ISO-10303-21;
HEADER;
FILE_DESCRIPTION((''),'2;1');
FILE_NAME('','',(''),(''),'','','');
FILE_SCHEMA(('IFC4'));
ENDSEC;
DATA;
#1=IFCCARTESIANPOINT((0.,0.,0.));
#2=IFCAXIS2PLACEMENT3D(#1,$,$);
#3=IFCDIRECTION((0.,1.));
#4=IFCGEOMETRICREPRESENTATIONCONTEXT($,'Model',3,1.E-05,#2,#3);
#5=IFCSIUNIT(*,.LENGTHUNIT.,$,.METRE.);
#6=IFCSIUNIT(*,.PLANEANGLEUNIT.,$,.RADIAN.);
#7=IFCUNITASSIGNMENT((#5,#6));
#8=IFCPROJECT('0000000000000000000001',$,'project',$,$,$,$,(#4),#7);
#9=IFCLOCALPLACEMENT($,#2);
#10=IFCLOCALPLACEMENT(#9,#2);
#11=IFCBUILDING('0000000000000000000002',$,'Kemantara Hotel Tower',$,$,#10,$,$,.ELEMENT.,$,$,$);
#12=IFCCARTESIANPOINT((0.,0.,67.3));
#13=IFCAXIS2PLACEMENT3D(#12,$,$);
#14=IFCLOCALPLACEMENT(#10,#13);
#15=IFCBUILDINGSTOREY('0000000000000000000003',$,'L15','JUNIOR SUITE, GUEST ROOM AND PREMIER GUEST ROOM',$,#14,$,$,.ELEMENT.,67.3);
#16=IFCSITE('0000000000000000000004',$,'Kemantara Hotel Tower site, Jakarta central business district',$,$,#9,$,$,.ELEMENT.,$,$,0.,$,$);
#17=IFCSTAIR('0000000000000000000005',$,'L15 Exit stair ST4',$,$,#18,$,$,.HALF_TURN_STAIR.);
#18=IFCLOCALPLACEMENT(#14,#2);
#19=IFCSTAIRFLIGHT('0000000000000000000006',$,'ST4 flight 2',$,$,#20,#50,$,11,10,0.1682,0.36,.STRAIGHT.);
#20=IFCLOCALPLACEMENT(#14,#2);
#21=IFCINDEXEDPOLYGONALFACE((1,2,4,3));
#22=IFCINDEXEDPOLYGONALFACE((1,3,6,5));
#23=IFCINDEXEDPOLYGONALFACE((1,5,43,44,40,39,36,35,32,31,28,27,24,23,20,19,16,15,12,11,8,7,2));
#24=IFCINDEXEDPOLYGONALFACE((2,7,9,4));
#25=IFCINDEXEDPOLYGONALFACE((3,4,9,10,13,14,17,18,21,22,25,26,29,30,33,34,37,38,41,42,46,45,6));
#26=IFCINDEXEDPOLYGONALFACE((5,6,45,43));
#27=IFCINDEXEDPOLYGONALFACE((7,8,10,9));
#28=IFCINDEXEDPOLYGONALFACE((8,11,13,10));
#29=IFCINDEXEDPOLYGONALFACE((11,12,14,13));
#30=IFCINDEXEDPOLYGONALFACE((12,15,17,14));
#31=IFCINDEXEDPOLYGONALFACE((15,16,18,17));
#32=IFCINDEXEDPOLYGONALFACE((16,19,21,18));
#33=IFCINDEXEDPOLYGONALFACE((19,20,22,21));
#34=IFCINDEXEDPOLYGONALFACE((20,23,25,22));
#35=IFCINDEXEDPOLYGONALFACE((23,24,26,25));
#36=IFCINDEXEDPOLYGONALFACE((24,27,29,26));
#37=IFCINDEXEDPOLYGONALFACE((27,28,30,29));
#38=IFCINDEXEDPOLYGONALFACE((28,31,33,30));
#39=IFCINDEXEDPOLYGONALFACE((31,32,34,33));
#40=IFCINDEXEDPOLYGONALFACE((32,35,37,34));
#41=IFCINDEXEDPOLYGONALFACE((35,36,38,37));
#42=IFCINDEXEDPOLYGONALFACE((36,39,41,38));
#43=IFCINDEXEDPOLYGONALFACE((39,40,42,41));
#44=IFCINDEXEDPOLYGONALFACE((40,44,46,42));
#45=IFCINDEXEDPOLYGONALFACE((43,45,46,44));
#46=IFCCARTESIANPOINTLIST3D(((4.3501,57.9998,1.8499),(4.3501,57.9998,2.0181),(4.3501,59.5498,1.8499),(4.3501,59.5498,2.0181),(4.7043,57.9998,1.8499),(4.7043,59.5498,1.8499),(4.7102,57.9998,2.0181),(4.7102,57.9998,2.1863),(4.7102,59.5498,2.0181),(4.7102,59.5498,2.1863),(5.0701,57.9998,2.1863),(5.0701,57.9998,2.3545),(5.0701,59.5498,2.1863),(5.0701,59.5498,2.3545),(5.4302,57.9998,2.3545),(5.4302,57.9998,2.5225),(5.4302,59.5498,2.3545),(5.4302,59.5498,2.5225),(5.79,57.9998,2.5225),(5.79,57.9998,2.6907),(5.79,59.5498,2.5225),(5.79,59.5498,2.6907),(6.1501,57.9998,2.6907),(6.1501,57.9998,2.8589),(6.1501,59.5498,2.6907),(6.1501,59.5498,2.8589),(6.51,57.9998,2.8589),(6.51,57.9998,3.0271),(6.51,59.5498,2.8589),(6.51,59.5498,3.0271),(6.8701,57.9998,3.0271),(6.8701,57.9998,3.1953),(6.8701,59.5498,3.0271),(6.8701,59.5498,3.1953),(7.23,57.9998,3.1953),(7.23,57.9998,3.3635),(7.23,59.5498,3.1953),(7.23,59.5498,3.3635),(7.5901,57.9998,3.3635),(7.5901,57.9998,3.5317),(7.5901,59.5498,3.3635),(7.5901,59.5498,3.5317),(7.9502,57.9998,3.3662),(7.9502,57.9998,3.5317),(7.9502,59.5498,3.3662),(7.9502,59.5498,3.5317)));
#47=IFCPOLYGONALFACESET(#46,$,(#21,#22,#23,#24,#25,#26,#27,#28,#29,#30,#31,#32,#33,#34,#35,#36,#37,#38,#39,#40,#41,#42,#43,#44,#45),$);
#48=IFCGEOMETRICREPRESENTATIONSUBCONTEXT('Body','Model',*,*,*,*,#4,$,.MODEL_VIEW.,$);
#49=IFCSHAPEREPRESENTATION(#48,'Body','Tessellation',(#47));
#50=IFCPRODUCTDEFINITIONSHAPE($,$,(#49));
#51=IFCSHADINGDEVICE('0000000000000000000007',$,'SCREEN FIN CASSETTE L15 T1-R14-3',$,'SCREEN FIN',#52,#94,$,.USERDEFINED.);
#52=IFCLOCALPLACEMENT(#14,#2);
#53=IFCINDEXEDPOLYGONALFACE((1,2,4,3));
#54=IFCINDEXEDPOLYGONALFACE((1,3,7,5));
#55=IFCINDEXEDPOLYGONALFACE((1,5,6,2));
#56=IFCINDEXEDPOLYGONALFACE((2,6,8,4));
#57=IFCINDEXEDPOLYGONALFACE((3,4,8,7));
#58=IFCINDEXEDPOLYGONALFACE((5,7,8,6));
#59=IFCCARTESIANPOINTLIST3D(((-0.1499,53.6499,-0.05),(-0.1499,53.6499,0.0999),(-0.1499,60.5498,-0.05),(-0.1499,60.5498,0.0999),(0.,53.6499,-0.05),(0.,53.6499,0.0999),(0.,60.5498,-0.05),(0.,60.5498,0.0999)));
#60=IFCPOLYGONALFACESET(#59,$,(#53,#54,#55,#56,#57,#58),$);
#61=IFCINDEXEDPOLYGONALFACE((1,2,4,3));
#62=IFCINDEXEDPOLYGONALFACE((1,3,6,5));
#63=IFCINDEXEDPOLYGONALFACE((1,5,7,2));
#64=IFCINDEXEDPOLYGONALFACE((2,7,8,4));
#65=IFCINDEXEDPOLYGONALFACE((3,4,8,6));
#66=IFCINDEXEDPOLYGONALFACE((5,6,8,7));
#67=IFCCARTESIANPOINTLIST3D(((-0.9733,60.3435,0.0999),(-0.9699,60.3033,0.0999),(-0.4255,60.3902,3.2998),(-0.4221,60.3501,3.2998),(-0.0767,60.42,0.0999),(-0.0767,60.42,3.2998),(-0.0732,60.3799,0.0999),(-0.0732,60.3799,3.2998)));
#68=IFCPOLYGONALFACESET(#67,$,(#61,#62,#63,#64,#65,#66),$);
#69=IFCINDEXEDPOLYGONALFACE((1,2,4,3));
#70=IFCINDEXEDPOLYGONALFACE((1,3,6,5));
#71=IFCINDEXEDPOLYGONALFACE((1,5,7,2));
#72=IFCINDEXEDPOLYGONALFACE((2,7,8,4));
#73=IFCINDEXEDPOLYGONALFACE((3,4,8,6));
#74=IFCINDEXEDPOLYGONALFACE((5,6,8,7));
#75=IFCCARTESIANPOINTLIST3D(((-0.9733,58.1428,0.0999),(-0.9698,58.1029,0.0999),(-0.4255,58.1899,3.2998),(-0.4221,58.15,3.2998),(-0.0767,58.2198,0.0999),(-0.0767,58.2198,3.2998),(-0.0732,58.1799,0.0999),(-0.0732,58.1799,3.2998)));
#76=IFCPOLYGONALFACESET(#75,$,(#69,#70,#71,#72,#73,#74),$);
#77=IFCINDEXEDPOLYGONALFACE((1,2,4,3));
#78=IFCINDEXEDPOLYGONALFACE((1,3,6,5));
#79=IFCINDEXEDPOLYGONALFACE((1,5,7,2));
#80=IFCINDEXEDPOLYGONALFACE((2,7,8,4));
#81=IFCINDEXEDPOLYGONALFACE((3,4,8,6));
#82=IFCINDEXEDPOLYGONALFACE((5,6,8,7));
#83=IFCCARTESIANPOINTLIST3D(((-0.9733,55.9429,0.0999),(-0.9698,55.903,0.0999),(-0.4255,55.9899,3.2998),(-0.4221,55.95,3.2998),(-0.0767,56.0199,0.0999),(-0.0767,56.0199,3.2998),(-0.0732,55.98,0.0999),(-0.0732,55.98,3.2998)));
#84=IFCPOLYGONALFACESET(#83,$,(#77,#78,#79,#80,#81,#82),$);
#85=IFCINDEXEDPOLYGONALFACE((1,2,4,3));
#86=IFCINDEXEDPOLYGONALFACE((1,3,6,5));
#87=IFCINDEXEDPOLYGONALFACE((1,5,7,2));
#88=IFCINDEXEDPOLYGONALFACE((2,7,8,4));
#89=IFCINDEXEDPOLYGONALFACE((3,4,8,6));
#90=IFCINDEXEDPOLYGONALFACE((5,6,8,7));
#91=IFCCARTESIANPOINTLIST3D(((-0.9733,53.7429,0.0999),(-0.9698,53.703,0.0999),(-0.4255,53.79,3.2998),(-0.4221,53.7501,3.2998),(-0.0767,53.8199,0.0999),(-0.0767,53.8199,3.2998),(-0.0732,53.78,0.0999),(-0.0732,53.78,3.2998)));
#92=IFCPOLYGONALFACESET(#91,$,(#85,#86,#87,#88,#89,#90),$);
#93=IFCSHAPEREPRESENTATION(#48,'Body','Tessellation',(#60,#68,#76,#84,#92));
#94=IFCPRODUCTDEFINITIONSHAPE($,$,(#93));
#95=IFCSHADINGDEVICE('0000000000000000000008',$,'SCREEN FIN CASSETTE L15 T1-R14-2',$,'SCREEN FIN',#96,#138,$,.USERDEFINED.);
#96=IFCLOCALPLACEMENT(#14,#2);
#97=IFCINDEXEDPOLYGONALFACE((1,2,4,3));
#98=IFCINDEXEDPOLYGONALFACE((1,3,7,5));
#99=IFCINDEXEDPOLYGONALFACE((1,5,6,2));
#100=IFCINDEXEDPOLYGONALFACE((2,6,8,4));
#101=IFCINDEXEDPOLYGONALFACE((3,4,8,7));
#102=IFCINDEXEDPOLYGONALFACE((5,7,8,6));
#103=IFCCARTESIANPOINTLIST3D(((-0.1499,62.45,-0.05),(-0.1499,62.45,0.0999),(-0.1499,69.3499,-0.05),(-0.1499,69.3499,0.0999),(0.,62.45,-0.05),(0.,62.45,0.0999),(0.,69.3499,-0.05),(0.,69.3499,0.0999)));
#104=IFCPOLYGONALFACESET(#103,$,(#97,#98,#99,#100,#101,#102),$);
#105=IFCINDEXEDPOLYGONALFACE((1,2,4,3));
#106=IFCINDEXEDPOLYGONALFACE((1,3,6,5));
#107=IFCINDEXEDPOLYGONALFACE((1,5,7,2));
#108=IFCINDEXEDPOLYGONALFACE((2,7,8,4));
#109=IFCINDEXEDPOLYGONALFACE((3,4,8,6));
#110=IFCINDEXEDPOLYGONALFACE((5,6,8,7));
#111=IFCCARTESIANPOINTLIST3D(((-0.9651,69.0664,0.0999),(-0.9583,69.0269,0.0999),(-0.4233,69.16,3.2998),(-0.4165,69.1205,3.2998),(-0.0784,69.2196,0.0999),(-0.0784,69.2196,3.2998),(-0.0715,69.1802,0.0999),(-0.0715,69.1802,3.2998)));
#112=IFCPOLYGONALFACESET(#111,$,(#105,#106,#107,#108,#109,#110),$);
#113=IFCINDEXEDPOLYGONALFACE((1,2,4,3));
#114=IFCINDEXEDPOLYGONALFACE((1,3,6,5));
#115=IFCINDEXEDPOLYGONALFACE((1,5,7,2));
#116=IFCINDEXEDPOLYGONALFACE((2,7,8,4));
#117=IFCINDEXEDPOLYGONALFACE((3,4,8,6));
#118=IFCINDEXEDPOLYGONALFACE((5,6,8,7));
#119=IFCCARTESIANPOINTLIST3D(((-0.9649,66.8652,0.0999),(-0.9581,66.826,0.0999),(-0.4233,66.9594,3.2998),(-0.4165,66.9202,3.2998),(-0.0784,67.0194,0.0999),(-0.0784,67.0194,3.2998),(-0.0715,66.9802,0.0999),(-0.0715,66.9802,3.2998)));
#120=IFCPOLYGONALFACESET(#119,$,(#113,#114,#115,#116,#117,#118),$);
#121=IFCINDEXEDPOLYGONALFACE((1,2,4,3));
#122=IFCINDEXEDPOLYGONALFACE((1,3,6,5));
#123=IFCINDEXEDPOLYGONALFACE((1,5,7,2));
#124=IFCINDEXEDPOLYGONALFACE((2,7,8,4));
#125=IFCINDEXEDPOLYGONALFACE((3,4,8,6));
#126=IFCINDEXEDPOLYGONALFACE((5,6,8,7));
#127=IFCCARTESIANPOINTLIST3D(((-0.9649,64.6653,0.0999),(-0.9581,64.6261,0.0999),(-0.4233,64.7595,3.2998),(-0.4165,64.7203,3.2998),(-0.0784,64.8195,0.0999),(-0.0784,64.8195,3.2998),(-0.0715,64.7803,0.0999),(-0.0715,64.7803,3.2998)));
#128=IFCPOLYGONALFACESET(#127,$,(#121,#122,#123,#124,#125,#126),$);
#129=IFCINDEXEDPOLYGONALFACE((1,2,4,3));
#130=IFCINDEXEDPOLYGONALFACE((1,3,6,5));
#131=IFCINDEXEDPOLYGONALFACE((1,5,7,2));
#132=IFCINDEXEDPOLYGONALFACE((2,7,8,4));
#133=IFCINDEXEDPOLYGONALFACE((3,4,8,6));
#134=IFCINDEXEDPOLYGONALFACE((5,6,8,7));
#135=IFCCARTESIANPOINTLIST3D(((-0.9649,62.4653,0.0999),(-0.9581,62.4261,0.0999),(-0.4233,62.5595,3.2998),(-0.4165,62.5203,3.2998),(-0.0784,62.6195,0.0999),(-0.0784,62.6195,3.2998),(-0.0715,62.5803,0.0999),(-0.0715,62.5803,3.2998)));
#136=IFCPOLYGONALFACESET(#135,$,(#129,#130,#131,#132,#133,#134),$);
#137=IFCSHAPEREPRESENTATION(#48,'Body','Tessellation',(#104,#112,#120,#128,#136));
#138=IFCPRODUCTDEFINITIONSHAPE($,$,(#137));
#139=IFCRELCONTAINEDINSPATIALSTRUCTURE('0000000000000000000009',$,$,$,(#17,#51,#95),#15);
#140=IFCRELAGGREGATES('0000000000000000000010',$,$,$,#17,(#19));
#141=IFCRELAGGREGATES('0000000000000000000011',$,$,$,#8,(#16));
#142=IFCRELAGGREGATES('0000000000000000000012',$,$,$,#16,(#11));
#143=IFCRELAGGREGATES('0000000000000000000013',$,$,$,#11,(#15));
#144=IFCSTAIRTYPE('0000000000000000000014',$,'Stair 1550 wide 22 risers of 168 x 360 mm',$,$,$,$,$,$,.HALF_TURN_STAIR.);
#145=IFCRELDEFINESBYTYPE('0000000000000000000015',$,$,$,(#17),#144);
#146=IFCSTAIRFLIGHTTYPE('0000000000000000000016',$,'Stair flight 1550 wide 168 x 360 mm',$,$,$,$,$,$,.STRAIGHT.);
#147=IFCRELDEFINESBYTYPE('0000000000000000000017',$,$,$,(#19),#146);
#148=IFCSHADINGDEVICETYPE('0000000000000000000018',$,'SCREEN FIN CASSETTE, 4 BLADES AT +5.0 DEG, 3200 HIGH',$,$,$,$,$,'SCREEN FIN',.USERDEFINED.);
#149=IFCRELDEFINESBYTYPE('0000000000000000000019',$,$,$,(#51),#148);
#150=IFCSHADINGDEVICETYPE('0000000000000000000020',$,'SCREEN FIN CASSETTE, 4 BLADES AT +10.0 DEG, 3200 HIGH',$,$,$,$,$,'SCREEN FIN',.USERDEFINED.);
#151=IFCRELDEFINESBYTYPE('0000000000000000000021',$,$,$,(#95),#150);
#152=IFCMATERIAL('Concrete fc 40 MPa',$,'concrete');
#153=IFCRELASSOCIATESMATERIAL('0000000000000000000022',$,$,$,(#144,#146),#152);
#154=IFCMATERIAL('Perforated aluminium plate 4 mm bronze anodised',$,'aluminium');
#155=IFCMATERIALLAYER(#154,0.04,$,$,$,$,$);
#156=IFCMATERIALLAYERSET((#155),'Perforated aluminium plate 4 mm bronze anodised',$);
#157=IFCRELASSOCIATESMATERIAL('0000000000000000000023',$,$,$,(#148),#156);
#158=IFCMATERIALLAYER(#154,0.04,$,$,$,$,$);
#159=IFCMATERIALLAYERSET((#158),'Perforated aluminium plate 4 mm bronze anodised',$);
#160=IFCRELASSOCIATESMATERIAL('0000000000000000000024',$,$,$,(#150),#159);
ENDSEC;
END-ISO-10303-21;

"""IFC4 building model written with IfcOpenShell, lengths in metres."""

from ifc_helpers import new_model, si_unit, direction, frame, origin, origin_2d, place, context, subcontext, project, spatial, polyline, rectangle, outline, extrude, source, transform, mapped, material, layer, layer_set, type_object, element, aggregate, save


model = new_model("IFC4")

# Units and contexts
model_context = context("Model", 3, precision=1e-05, world=origin(), true_north=direction((0.0, 1.0)))
body_context = subcontext(model_context, "Body", "Model", "MODEL_VIEW")
ifc_project = project(units=[si_unit("LENGTHUNIT", "METRE"), si_unit("PLANEANGLEUNIT", "RADIAN")], contexts=[model_context])

# Site, building, storey
site_placement = place(None, origin())
site = spatial("IfcSite", under=ifc_project, at=site_placement, Name="Kemantara Hotel Tower site, Jakarta central business district", CompositionType="ELEMENT", RefElevation=0.0)
building_placement = place(site_placement, origin())
building = spatial("IfcBuilding", under=site, at=building_placement, Name="Kemantara Hotel Tower", CompositionType="ELEMENT")
storey_placement = place(building_placement, frame((0.0, 0.0, 67.3)))
storey = spatial("IfcBuildingStorey", under=building, at=storey_placement, Name="L15", Description="JUNIOR SUITE, GUEST ROOM AND PREMIER GUEST ROOM", CompositionType="ELEMENT", Elevation=67.3)

# Shared definitions
ifc_material_1 = material(Name="Concrete fc 40 MPa", Category="concrete")

# Stair, stair flight
stair_type = type_object("IfcStairType", Name="Stair 1550 wide 22 risers of 168 x 360 mm", PredefinedType="HALF_TURN_STAIR", material=ifc_material_1)
stair_placement = place(storey_placement, origin())
stair = element("IfcStair", 1, at=stair_placement, inside=storey, type_object=stair_type, Name="L15 Exit stair ST4", PredefinedType="HALF_TURN_STAIR")
stair_flight_type = type_object("IfcStairFlightType", Name="Stair flight 1550 wide 168 x 360 mm", PredefinedType="STRAIGHT", material=ifc_material_1)
stair_flight_1_placement = place(storey_placement, frame((4.3501, 58.7749, 1.8499), z_axis=(0.0, 0.0, 1.0), x_axis=(1.0, 0.0, 0.0)))
stair_flight_1 = element("IfcStairFlight", 2, at=stair_flight_1_placement, type_object=stair_flight_type, Name="ST4 flight 2", NumberOfRisers=11, NumberOfTreads=10, PredefinedType="STRAIGHT", RiserHeight=0.1682, TreadLength=0.36, context=body_context, shape_type="SweptSolid", body=[
    extrude(outline(polyline([(0.0, 0.0), (0.0, 0.1682), (0.3601, 0.1682), (0.3601, 0.3364), (0.72, 0.3364), (0.72, 0.5046), (1.0801, 0.5046), (1.0801, 0.6726), (1.4399, 0.6726), (1.4399, 0.8408), (1.8, 0.8408), (1.8, 1.009), (2.1599, 1.009), (2.1599, 1.1772), (2.52, 1.1772), (2.52, 1.3455), (2.8799, 1.3455), (2.8799, 1.5137), (3.24, 1.5137), (3.24, 1.6819), (3.6001, 1.6819), (3.6001, 1.8501), (3.6001, 1.5164), (0.3542, 0.0), (0.0, 0.0)])), frame((0.0, 0.7749, 0.0), z_axis=(0.0, -1.0, 0.0), x_axis=(1.0, 0.0, 0.0)), (0.0, 0.0, 1.0), 1.55),
])
aggregate(stair, [stair_flight_1])

# Shading devices
ifc_material_2 = material(Name="Perforated aluminium plate 4 mm bronze anodised", Category="aluminium")
ifc_layer_1 = layer(ifc_material_2, 0.04)
ifc_layer_set_1 = layer_set([ifc_layer_1], Name="Perforated aluminium plate 4 mm bronze anodised")
shading_device_type_1 = type_object("IfcShadingDeviceType", Name="SCREEN FIN CASSETTE, 4 BLADES AT +5.0 DEG, 3200 HIGH", ElementType="SCREEN FIN", PredefinedType="USERDEFINED", material=ifc_layer_set_1)
shared_shape_1 = source(origin(), body_context, "Body", "SweptSolid", [
    extrude(rectangle(XDim=6.8999, YDim=0.1499, at=origin_2d()), frame((3.3, -0.075, -0.1499), z_axis=(0.0, 0.0, 1.0), x_axis=(1.0, 0.0, 0.0)), (0.0, 0.0, 1.0), 0.1499),
    extrude(outline(polyline([(0.0, 0.0), (0.8999, 0.0), (0.3501, 3.2), (0.0, 3.2), (0.0, 0.0)])), frame((0.02, -0.0732, 0.0), z_axis=(-0.996376, -0.085056, 0.0), x_axis=(0.085056, -0.996376, 0.0)), (0.0, 0.0, 1.0), 0.0403),
    extrude(outline(polyline([(0.0, 0.0), (0.8999, 0.0), (0.3501, 3.2), (0.0, 3.2), (0.0, 0.0)])), frame((2.22, -0.0732, 0.0), z_axis=(-0.996332, -0.085575, 0.0), x_axis=(0.085575, -0.996332, 0.0)), (0.0, 0.0, 1.0), 0.04),
    extrude(outline(polyline([(0.0, 0.0), (0.8999, 0.0), (0.3501, 3.2), (0.0, 3.2), (0.0, 0.0)])), frame((4.4199, -0.0732, 0.0), z_axis=(-0.996332, -0.085575, 0.0), x_axis=(0.085575, -0.996332, 0.0)), (0.0, 0.0, 1.0), 0.04),
    extrude(outline(polyline([(0.0, 0.0), (0.8999, 0.0), (0.3501, 3.2), (0.0, 3.2), (0.0, 0.0)])), frame((6.6199, -0.0732, 0.0), z_axis=(-0.996332, -0.085575, 0.0), x_axis=(0.085575, -0.996332, 0.0)), (0.0, 0.0, 1.0), 0.04),
])
shading_device_1_placement = place(storey_placement, frame((0.0, 60.3999, 0.0999), z_axis=(0.0, 0.0, 1.0), x_axis=(0.0, -1.0, 0.0)))
element("IfcShadingDevice", 3, at=shading_device_1_placement, inside=storey, type_object=shading_device_type_1, Name="SCREEN FIN CASSETTE L15 T1-R14-3", ObjectType="SCREEN FIN", PredefinedType="USERDEFINED", context=body_context, shape_type="MappedRepresentation", body=[
    mapped(shared_shape_1, transform((0.0, 0.0, 0.0))),
])
ifc_layer_2 = layer(ifc_material_2, 0.04)
ifc_layer_set_2 = layer_set([ifc_layer_2], Name="Perforated aluminium plate 4 mm bronze anodised")
shading_device_type_2 = type_object("IfcShadingDeviceType", Name="SCREEN FIN CASSETTE, 4 BLADES AT +10.0 DEG, 3200 HIGH", ElementType="SCREEN FIN", PredefinedType="USERDEFINED", material=ifc_layer_set_2)
shared_shape_2 = source(origin(), body_context, "Body", "SweptSolid", [
    extrude(rectangle(XDim=6.8999, YDim=0.1499, at=origin_2d()), frame((3.3, -0.075, -0.1499), z_axis=(0.0, 0.0, 1.0), x_axis=(1.0, 0.0, 0.0)), (0.0, 0.0, 1.0), 0.1499),
    extrude(outline(polyline([(0.0, 0.0), (0.8999, 0.0), (0.3501, 3.2), (0.0, 3.2), (0.0, 0.0)])), frame((0.0198, -0.0715, 0.0), z_axis=(-0.98539, -0.170314, 0.0), x_axis=(0.170314, -0.98539, 0.0)), (0.0, 0.0, 1.0), 0.04),
    extrude(outline(polyline([(0.0, 0.0), (0.8999, 0.0), (0.3501, 3.2), (0.0, 3.2), (0.0, 0.0)])), frame((2.2197, -0.0715, 0.0), z_axis=(-0.985212, -0.171341, 0.0), x_axis=(0.171341, -0.985212, 0.0)), (0.0, 0.0, 1.0), 0.0398),
    extrude(outline(polyline([(0.0, 0.0), (0.8999, 0.0), (0.3501, 3.2), (0.0, 3.2), (0.0, 0.0)])), frame((4.4197, -0.0715, 0.0), z_axis=(-0.985212, -0.171341, 0.0), x_axis=(0.171341, -0.985212, 0.0)), (0.0, 0.0, 1.0), 0.0398),
    extrude(outline(polyline([(0.0, 0.0), (0.8999, 0.0), (0.3501, 3.2), (0.0, 3.2), (0.0, 0.0)])), frame((6.6196, -0.0715, 0.0), z_axis=(-0.985212, -0.171341, 0.0), x_axis=(0.171341, -0.985212, 0.0)), (0.0, 0.0, 1.0), 0.0398),
])
shading_device_2_placement = place(storey_placement, frame((0.0, 69.2, 0.0999), z_axis=(0.0, 0.0, 1.0), x_axis=(0.0, -1.0, 0.0)))
element("IfcShadingDevice", 4, at=shading_device_2_placement, inside=storey, type_object=shading_device_type_2, Name="SCREEN FIN CASSETTE L15 T1-R14-2", ObjectType="SCREEN FIN", PredefinedType="USERDEFINED", context=body_context, shape_type="MappedRepresentation", body=[
    mapped(shared_shape_2, transform((0.0, 0.0, 0.0))),
])

save(model, "model.ifc")
